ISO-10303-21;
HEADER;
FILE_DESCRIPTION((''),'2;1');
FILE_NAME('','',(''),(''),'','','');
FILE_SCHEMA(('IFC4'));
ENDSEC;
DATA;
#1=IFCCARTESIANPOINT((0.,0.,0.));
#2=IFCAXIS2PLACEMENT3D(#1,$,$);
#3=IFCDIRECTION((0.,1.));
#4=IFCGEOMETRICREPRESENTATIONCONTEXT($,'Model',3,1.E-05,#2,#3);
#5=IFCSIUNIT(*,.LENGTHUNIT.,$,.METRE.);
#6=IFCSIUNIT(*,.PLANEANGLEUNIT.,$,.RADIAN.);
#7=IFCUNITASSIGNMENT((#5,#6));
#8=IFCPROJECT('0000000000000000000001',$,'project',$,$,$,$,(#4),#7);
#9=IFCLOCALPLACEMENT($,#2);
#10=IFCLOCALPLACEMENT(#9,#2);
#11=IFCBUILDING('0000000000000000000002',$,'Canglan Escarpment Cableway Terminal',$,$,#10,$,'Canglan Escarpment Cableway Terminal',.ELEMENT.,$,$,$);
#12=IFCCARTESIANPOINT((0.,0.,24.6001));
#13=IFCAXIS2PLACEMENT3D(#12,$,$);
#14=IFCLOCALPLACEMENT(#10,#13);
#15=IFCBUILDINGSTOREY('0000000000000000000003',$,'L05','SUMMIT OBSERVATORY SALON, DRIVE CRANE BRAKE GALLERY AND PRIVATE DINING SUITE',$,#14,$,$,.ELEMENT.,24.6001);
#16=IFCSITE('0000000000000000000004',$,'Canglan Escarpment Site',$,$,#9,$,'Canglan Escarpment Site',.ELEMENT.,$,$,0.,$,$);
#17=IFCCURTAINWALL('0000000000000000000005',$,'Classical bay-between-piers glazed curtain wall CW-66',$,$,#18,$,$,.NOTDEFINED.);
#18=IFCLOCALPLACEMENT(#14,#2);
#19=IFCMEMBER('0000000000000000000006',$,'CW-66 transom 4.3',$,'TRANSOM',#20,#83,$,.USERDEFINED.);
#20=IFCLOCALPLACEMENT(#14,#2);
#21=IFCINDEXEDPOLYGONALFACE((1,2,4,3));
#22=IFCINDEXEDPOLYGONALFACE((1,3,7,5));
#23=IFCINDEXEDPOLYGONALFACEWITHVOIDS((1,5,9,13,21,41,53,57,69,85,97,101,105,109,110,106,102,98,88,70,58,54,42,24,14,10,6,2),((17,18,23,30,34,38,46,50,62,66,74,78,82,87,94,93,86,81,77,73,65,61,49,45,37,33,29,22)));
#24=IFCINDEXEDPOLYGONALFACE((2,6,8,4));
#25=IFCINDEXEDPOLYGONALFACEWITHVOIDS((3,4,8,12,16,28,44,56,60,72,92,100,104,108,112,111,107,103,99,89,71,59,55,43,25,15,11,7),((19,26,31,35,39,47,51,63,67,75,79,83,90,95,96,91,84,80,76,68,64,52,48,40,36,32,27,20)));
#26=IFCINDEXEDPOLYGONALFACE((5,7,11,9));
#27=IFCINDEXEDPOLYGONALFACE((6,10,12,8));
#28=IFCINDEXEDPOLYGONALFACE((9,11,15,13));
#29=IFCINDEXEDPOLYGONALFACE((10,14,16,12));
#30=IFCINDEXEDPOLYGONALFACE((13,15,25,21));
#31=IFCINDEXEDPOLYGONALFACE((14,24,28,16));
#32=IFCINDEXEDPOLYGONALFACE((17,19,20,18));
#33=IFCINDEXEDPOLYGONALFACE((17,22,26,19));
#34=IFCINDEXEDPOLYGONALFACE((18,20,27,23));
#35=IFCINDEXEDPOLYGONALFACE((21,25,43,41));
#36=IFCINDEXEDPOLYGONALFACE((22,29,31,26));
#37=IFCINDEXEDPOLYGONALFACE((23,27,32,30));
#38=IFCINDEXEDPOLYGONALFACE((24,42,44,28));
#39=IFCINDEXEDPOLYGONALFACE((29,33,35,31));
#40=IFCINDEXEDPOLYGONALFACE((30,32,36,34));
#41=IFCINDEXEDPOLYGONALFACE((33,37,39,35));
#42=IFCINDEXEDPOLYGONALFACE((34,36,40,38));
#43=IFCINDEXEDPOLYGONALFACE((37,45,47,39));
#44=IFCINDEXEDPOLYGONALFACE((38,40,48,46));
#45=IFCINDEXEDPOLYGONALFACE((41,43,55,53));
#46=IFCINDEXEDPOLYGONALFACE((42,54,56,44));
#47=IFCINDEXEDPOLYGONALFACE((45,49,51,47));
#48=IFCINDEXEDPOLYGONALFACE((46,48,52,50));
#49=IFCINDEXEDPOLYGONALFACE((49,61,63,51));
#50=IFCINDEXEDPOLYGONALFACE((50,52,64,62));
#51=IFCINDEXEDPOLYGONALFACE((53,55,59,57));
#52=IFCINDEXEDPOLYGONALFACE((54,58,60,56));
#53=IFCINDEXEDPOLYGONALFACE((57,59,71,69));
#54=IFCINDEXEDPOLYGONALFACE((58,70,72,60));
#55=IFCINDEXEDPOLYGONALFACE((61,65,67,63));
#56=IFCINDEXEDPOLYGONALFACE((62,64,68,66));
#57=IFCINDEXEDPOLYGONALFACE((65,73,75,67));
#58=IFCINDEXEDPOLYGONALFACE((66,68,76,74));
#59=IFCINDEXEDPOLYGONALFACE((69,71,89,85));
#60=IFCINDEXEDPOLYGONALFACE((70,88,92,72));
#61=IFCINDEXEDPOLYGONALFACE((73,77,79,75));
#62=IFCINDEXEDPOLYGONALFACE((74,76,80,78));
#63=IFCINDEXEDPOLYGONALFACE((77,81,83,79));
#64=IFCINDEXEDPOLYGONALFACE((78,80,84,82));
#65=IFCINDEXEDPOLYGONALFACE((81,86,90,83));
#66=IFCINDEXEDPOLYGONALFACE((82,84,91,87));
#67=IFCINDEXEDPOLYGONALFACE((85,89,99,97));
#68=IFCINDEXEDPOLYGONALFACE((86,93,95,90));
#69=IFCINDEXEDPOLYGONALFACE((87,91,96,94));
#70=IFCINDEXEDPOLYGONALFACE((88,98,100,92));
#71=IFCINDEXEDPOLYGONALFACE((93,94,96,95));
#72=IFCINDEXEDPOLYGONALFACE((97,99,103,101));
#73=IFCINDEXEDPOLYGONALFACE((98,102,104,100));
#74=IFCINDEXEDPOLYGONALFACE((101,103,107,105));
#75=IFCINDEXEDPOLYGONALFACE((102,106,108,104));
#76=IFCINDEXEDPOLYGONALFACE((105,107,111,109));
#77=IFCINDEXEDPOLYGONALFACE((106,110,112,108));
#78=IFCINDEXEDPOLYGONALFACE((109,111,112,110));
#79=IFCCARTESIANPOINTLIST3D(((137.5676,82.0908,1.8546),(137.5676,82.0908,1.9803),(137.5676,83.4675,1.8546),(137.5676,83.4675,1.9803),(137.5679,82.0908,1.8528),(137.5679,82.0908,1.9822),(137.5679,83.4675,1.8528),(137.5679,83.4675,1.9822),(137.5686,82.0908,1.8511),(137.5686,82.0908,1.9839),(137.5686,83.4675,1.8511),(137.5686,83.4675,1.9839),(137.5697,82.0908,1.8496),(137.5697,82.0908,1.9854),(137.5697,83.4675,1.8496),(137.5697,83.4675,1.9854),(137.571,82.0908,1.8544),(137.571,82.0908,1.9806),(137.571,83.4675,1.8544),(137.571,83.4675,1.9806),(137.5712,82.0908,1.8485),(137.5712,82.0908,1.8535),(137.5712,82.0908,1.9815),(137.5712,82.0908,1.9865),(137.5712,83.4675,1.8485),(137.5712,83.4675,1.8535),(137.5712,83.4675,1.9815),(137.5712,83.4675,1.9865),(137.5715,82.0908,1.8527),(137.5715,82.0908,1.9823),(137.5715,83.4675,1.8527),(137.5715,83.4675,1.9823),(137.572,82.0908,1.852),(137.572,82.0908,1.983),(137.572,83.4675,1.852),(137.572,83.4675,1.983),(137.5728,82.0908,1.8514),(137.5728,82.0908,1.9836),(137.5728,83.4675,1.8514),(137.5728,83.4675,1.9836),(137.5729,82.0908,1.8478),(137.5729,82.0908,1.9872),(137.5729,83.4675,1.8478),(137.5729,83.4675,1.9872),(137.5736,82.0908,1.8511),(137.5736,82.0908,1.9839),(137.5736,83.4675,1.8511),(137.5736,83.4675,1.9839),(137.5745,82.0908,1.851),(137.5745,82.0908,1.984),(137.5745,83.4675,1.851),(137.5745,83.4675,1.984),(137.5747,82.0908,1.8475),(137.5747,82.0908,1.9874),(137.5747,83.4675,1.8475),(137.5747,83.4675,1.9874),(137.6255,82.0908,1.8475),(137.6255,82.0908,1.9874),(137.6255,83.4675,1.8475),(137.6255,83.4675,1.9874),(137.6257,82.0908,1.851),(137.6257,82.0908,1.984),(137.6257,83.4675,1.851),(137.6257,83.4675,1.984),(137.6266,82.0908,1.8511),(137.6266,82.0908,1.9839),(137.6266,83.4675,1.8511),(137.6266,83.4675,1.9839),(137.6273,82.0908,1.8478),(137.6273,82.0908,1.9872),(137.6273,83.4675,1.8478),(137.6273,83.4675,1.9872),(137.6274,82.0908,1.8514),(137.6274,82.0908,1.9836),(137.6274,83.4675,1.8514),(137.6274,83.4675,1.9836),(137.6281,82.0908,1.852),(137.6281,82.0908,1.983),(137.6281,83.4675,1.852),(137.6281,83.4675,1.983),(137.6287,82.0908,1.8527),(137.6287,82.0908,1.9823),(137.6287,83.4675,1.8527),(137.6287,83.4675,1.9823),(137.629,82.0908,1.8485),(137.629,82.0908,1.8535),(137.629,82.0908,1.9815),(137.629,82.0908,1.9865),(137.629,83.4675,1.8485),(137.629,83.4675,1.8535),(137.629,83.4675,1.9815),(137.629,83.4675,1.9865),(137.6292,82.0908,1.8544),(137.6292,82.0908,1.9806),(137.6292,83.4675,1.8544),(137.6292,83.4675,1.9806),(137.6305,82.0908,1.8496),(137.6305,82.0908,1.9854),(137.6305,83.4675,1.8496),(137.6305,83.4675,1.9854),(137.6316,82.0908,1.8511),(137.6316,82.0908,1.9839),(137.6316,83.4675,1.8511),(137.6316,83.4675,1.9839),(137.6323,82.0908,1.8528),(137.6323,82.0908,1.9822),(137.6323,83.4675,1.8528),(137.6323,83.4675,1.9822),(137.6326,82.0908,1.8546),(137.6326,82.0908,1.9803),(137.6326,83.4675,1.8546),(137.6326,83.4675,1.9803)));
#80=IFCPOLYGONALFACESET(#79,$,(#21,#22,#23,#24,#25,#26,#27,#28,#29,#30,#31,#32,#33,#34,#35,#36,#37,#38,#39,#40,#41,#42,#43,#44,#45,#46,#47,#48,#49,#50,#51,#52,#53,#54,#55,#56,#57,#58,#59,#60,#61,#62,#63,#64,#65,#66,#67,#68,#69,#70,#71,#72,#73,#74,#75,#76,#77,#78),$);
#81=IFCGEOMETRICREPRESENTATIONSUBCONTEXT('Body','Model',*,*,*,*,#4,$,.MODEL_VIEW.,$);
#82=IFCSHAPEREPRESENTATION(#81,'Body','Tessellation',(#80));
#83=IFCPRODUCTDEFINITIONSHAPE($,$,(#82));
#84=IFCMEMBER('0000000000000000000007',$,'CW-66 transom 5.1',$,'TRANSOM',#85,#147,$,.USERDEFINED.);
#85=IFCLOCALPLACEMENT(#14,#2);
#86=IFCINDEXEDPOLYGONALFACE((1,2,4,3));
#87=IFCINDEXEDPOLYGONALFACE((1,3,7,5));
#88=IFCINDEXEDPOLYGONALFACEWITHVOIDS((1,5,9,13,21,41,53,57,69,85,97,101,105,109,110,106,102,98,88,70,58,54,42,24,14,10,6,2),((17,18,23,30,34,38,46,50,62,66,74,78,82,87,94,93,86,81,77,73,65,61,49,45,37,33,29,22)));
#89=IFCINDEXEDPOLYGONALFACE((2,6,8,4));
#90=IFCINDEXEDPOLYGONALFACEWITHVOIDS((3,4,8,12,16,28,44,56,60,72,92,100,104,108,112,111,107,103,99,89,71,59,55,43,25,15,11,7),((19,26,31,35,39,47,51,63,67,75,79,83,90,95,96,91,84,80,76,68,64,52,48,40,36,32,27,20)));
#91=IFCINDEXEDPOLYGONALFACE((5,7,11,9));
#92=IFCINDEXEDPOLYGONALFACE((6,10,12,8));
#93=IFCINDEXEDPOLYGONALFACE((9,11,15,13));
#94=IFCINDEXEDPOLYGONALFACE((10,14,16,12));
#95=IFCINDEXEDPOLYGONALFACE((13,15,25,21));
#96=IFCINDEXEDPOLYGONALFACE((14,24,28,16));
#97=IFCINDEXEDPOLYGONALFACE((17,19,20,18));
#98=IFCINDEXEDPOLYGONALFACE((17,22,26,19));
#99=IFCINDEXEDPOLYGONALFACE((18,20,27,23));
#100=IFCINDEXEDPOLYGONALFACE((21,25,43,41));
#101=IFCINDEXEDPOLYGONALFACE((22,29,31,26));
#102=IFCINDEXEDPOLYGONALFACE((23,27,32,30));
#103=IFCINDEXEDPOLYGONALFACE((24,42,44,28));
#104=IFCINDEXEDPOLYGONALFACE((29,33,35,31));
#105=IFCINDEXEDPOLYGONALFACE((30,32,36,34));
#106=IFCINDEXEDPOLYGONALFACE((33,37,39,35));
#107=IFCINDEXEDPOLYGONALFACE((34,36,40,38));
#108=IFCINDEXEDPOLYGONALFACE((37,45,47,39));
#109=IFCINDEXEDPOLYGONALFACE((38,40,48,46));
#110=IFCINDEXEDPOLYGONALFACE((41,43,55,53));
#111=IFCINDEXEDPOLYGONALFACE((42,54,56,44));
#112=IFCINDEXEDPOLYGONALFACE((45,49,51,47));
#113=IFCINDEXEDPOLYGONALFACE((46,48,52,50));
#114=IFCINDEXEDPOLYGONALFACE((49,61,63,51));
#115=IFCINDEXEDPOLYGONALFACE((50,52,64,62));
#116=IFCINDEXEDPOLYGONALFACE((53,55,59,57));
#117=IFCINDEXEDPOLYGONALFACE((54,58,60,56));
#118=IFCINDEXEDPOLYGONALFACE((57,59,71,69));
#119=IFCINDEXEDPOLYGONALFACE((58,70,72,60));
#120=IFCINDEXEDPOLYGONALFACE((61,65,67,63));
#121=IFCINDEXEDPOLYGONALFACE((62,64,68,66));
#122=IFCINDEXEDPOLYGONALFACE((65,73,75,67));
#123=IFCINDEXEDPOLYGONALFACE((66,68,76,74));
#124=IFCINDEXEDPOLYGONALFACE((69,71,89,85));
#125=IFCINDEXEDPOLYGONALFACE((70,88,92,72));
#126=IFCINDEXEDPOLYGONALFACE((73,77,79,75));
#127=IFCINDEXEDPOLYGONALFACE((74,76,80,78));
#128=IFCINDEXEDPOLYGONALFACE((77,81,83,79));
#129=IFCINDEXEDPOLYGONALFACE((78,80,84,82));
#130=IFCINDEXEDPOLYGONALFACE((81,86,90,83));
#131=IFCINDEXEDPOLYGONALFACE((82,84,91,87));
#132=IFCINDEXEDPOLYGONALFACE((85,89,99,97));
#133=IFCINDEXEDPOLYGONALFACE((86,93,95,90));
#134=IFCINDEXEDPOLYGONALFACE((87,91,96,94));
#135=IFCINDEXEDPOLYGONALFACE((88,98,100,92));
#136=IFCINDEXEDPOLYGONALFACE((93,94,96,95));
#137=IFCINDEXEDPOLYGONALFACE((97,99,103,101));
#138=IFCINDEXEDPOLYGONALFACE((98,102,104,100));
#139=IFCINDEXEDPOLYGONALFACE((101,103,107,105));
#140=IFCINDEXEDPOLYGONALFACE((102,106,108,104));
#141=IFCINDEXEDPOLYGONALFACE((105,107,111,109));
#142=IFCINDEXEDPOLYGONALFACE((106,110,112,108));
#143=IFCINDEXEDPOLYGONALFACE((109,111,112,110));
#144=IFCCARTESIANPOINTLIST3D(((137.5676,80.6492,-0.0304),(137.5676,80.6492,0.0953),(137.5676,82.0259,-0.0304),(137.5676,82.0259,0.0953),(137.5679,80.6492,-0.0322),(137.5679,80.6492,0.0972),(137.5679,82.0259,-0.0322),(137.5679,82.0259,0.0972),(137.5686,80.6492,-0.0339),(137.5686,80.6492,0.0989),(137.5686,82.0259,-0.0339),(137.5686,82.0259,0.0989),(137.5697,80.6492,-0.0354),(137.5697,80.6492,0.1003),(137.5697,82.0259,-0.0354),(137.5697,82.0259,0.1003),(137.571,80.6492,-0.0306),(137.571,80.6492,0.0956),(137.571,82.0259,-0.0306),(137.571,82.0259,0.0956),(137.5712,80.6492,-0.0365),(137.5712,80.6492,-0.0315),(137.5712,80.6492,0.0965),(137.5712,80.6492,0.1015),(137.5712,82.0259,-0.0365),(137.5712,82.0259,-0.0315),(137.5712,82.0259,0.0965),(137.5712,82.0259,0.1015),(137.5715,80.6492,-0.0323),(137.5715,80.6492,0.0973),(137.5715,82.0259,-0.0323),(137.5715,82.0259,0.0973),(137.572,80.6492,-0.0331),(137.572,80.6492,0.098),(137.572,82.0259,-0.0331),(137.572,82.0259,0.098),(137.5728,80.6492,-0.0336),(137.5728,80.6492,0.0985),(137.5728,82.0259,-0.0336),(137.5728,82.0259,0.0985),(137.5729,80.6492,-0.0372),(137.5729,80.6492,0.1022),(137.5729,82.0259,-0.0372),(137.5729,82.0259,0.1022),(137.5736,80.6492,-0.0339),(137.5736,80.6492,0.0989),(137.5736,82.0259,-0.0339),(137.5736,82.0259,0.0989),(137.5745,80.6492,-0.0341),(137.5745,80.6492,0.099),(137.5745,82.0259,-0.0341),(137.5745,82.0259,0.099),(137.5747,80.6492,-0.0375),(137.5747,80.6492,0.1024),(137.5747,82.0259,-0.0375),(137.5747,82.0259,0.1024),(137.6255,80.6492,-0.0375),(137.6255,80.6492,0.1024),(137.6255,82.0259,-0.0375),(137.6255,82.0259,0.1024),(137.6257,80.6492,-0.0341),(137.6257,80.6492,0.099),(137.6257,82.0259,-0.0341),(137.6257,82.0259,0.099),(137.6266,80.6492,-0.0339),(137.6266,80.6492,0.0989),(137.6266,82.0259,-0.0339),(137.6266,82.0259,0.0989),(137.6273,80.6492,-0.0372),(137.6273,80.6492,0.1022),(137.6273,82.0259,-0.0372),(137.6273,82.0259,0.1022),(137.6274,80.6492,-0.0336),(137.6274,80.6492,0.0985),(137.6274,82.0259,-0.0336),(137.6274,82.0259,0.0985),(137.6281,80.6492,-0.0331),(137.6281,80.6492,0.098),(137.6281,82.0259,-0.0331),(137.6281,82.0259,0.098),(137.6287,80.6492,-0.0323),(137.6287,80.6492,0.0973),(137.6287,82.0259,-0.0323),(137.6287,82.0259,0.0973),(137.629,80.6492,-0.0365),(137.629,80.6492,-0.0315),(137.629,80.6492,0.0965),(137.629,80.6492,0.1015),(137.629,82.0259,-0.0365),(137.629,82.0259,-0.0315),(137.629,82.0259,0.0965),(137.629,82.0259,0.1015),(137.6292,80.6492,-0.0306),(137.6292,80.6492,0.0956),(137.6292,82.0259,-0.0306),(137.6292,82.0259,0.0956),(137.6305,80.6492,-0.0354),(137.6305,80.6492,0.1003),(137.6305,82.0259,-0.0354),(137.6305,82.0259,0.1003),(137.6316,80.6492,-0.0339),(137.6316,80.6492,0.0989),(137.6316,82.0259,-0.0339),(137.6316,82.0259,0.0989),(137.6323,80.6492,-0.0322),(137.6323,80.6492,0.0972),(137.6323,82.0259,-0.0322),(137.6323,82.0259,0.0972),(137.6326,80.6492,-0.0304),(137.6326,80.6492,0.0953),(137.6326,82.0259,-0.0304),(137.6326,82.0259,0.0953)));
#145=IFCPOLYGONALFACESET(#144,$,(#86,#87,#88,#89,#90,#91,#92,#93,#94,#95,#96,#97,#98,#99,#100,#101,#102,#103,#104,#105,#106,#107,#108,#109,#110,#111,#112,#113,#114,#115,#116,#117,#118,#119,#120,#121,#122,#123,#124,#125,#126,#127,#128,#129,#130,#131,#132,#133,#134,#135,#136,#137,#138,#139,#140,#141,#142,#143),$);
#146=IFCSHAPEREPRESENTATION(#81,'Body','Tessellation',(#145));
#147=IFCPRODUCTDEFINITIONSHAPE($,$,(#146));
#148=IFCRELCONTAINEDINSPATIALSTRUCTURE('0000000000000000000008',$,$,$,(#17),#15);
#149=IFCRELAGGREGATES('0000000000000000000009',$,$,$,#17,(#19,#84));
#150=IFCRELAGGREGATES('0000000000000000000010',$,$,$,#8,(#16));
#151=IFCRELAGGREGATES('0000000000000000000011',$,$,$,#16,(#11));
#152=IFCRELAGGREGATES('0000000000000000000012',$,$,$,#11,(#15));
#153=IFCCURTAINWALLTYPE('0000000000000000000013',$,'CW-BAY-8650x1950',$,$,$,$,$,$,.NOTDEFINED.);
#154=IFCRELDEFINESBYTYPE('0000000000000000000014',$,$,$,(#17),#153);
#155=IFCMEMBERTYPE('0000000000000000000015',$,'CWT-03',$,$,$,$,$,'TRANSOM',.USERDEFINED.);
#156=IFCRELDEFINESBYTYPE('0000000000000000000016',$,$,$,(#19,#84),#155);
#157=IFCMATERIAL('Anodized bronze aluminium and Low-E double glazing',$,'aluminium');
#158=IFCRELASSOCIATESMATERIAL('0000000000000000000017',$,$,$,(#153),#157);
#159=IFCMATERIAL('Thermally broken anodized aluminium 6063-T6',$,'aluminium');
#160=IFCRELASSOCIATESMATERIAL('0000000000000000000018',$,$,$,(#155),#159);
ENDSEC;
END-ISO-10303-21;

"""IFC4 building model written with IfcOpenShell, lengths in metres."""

from ifc_helpers import new_model, si_unit, direction, frame, origin, origin_2d, place, context, subcontext, project, spatial, hollow_rectangle, extrude, material, material_profile, profile_set, type_object, element, aggregate, save


model = new_model("IFC4")

# Units and contexts
model_context = context("Model", 3, precision=1e-05, world=origin(), true_north=direction((0.0, 1.0)))
body_context = subcontext(model_context, "Body", "Model", "MODEL_VIEW")
ifc_project = project(units=[si_unit("LENGTHUNIT", "METRE"), si_unit("PLANEANGLEUNIT", "RADIAN")], contexts=[model_context])

# Site, building, storey
site_placement = place(None, origin())
site = spatial("IfcSite", under=ifc_project, at=site_placement, Name="Canglan Escarpment Site", LongName="Canglan Escarpment Site", CompositionType="ELEMENT", RefElevation=0.0)
building_placement = place(site_placement, origin())
building = spatial("IfcBuilding", under=site, at=building_placement, Name="Canglan Escarpment Cableway Terminal", LongName="Canglan Escarpment Cableway Terminal", CompositionType="ELEMENT")
storey_placement = place(building_placement, frame((0.0, 0.0, 24.6001)))
storey = spatial("IfcBuildingStorey", under=building, at=storey_placement, Name="L05", Description="SUMMIT OBSERVATORY SALON, DRIVE CRANE BRAKE GALLERY AND PRIVATE DINING SUITE", CompositionType="ELEMENT", Elevation=24.6001)

# Curtain wall, members
ifc_material_1 = material(Name="Anodized bronze aluminium and Low-E double glazing", Category="aluminium")
curtain_wall_type = type_object("IfcCurtainWallType", Name="CW-BAY-8650x1950", PredefinedType="NOTDEFINED", material=ifc_material_1)
curtain_wall_placement = place(storey_placement, origin())
curtain_wall = element("IfcCurtainWall", 1, at=curtain_wall_placement, inside=storey, type_object=curtain_wall_type, Name="Classical bay-between-piers glazed curtain wall CW-66", PredefinedType="NOTDEFINED")
ifc_material_2 = material(Name="Thermally broken anodized aluminium 6063-T6", Category="aluminium")
ifc_material_profile_1 = material_profile(ifc_material_2, hollow_rectangle(XDim=0.0649, YDim=0.1399, WallThickness=0.0034, InnerFilletRadius=0.0034, OuterFilletRadius=0.0071, at=origin_2d()), Name="ALU-TRAN 65x140x3.5")
ifc_profile_set_1 = profile_set([ifc_material_profile_1], Name="Thermally broken anodized aluminium 6063-T6")
member_type_1 = type_object("IfcMemberType", Name="CWT-03", ElementType="TRANSOM", PredefinedType="USERDEFINED", material=ifc_profile_set_1)
member_1_placement = place(storey_placement, frame((137.6001, 83.4675, 1.9175), z_axis=(0.0, -1.0, 0.0), x_axis=(1.0, 0.0, 0.0)))
member_1 = element("IfcMember", 2, at=member_1_placement, type_object=member_type_1, Name="CW-66 transom 4.3", ObjectType="TRANSOM", PredefinedType="USERDEFINED", context=body_context, shape_type="SweptSolid", body=[
    extrude(hollow_rectangle(XDim=0.0649, YDim=0.1399, WallThickness=0.0034, InnerFilletRadius=0.0034, OuterFilletRadius=0.0071, at=origin_2d()), origin(), (0.0, 0.0, 1.0), 1.3767),
])
member_2_placement = place(storey_placement, frame((137.6001, 82.0259, 0.0325), z_axis=(0.0, -1.0, 0.0), x_axis=(1.0, 0.0, 0.0)))
member_2 = element("IfcMember", 3, at=member_2_placement, type_object=member_type_1, Name="CW-66 transom 5.1", ObjectType="TRANSOM", PredefinedType="USERDEFINED", context=body_context, shape_type="SweptSolid", body=[
    extrude(hollow_rectangle(XDim=0.0649, YDim=0.1399, WallThickness=0.0034, InnerFilletRadius=0.0034, OuterFilletRadius=0.0071, at=origin_2d()), origin(), (0.0, 0.0, 1.0), 1.3767),
])
aggregate(curtain_wall, [member_1, member_2])

save(model, "model.ifc")
